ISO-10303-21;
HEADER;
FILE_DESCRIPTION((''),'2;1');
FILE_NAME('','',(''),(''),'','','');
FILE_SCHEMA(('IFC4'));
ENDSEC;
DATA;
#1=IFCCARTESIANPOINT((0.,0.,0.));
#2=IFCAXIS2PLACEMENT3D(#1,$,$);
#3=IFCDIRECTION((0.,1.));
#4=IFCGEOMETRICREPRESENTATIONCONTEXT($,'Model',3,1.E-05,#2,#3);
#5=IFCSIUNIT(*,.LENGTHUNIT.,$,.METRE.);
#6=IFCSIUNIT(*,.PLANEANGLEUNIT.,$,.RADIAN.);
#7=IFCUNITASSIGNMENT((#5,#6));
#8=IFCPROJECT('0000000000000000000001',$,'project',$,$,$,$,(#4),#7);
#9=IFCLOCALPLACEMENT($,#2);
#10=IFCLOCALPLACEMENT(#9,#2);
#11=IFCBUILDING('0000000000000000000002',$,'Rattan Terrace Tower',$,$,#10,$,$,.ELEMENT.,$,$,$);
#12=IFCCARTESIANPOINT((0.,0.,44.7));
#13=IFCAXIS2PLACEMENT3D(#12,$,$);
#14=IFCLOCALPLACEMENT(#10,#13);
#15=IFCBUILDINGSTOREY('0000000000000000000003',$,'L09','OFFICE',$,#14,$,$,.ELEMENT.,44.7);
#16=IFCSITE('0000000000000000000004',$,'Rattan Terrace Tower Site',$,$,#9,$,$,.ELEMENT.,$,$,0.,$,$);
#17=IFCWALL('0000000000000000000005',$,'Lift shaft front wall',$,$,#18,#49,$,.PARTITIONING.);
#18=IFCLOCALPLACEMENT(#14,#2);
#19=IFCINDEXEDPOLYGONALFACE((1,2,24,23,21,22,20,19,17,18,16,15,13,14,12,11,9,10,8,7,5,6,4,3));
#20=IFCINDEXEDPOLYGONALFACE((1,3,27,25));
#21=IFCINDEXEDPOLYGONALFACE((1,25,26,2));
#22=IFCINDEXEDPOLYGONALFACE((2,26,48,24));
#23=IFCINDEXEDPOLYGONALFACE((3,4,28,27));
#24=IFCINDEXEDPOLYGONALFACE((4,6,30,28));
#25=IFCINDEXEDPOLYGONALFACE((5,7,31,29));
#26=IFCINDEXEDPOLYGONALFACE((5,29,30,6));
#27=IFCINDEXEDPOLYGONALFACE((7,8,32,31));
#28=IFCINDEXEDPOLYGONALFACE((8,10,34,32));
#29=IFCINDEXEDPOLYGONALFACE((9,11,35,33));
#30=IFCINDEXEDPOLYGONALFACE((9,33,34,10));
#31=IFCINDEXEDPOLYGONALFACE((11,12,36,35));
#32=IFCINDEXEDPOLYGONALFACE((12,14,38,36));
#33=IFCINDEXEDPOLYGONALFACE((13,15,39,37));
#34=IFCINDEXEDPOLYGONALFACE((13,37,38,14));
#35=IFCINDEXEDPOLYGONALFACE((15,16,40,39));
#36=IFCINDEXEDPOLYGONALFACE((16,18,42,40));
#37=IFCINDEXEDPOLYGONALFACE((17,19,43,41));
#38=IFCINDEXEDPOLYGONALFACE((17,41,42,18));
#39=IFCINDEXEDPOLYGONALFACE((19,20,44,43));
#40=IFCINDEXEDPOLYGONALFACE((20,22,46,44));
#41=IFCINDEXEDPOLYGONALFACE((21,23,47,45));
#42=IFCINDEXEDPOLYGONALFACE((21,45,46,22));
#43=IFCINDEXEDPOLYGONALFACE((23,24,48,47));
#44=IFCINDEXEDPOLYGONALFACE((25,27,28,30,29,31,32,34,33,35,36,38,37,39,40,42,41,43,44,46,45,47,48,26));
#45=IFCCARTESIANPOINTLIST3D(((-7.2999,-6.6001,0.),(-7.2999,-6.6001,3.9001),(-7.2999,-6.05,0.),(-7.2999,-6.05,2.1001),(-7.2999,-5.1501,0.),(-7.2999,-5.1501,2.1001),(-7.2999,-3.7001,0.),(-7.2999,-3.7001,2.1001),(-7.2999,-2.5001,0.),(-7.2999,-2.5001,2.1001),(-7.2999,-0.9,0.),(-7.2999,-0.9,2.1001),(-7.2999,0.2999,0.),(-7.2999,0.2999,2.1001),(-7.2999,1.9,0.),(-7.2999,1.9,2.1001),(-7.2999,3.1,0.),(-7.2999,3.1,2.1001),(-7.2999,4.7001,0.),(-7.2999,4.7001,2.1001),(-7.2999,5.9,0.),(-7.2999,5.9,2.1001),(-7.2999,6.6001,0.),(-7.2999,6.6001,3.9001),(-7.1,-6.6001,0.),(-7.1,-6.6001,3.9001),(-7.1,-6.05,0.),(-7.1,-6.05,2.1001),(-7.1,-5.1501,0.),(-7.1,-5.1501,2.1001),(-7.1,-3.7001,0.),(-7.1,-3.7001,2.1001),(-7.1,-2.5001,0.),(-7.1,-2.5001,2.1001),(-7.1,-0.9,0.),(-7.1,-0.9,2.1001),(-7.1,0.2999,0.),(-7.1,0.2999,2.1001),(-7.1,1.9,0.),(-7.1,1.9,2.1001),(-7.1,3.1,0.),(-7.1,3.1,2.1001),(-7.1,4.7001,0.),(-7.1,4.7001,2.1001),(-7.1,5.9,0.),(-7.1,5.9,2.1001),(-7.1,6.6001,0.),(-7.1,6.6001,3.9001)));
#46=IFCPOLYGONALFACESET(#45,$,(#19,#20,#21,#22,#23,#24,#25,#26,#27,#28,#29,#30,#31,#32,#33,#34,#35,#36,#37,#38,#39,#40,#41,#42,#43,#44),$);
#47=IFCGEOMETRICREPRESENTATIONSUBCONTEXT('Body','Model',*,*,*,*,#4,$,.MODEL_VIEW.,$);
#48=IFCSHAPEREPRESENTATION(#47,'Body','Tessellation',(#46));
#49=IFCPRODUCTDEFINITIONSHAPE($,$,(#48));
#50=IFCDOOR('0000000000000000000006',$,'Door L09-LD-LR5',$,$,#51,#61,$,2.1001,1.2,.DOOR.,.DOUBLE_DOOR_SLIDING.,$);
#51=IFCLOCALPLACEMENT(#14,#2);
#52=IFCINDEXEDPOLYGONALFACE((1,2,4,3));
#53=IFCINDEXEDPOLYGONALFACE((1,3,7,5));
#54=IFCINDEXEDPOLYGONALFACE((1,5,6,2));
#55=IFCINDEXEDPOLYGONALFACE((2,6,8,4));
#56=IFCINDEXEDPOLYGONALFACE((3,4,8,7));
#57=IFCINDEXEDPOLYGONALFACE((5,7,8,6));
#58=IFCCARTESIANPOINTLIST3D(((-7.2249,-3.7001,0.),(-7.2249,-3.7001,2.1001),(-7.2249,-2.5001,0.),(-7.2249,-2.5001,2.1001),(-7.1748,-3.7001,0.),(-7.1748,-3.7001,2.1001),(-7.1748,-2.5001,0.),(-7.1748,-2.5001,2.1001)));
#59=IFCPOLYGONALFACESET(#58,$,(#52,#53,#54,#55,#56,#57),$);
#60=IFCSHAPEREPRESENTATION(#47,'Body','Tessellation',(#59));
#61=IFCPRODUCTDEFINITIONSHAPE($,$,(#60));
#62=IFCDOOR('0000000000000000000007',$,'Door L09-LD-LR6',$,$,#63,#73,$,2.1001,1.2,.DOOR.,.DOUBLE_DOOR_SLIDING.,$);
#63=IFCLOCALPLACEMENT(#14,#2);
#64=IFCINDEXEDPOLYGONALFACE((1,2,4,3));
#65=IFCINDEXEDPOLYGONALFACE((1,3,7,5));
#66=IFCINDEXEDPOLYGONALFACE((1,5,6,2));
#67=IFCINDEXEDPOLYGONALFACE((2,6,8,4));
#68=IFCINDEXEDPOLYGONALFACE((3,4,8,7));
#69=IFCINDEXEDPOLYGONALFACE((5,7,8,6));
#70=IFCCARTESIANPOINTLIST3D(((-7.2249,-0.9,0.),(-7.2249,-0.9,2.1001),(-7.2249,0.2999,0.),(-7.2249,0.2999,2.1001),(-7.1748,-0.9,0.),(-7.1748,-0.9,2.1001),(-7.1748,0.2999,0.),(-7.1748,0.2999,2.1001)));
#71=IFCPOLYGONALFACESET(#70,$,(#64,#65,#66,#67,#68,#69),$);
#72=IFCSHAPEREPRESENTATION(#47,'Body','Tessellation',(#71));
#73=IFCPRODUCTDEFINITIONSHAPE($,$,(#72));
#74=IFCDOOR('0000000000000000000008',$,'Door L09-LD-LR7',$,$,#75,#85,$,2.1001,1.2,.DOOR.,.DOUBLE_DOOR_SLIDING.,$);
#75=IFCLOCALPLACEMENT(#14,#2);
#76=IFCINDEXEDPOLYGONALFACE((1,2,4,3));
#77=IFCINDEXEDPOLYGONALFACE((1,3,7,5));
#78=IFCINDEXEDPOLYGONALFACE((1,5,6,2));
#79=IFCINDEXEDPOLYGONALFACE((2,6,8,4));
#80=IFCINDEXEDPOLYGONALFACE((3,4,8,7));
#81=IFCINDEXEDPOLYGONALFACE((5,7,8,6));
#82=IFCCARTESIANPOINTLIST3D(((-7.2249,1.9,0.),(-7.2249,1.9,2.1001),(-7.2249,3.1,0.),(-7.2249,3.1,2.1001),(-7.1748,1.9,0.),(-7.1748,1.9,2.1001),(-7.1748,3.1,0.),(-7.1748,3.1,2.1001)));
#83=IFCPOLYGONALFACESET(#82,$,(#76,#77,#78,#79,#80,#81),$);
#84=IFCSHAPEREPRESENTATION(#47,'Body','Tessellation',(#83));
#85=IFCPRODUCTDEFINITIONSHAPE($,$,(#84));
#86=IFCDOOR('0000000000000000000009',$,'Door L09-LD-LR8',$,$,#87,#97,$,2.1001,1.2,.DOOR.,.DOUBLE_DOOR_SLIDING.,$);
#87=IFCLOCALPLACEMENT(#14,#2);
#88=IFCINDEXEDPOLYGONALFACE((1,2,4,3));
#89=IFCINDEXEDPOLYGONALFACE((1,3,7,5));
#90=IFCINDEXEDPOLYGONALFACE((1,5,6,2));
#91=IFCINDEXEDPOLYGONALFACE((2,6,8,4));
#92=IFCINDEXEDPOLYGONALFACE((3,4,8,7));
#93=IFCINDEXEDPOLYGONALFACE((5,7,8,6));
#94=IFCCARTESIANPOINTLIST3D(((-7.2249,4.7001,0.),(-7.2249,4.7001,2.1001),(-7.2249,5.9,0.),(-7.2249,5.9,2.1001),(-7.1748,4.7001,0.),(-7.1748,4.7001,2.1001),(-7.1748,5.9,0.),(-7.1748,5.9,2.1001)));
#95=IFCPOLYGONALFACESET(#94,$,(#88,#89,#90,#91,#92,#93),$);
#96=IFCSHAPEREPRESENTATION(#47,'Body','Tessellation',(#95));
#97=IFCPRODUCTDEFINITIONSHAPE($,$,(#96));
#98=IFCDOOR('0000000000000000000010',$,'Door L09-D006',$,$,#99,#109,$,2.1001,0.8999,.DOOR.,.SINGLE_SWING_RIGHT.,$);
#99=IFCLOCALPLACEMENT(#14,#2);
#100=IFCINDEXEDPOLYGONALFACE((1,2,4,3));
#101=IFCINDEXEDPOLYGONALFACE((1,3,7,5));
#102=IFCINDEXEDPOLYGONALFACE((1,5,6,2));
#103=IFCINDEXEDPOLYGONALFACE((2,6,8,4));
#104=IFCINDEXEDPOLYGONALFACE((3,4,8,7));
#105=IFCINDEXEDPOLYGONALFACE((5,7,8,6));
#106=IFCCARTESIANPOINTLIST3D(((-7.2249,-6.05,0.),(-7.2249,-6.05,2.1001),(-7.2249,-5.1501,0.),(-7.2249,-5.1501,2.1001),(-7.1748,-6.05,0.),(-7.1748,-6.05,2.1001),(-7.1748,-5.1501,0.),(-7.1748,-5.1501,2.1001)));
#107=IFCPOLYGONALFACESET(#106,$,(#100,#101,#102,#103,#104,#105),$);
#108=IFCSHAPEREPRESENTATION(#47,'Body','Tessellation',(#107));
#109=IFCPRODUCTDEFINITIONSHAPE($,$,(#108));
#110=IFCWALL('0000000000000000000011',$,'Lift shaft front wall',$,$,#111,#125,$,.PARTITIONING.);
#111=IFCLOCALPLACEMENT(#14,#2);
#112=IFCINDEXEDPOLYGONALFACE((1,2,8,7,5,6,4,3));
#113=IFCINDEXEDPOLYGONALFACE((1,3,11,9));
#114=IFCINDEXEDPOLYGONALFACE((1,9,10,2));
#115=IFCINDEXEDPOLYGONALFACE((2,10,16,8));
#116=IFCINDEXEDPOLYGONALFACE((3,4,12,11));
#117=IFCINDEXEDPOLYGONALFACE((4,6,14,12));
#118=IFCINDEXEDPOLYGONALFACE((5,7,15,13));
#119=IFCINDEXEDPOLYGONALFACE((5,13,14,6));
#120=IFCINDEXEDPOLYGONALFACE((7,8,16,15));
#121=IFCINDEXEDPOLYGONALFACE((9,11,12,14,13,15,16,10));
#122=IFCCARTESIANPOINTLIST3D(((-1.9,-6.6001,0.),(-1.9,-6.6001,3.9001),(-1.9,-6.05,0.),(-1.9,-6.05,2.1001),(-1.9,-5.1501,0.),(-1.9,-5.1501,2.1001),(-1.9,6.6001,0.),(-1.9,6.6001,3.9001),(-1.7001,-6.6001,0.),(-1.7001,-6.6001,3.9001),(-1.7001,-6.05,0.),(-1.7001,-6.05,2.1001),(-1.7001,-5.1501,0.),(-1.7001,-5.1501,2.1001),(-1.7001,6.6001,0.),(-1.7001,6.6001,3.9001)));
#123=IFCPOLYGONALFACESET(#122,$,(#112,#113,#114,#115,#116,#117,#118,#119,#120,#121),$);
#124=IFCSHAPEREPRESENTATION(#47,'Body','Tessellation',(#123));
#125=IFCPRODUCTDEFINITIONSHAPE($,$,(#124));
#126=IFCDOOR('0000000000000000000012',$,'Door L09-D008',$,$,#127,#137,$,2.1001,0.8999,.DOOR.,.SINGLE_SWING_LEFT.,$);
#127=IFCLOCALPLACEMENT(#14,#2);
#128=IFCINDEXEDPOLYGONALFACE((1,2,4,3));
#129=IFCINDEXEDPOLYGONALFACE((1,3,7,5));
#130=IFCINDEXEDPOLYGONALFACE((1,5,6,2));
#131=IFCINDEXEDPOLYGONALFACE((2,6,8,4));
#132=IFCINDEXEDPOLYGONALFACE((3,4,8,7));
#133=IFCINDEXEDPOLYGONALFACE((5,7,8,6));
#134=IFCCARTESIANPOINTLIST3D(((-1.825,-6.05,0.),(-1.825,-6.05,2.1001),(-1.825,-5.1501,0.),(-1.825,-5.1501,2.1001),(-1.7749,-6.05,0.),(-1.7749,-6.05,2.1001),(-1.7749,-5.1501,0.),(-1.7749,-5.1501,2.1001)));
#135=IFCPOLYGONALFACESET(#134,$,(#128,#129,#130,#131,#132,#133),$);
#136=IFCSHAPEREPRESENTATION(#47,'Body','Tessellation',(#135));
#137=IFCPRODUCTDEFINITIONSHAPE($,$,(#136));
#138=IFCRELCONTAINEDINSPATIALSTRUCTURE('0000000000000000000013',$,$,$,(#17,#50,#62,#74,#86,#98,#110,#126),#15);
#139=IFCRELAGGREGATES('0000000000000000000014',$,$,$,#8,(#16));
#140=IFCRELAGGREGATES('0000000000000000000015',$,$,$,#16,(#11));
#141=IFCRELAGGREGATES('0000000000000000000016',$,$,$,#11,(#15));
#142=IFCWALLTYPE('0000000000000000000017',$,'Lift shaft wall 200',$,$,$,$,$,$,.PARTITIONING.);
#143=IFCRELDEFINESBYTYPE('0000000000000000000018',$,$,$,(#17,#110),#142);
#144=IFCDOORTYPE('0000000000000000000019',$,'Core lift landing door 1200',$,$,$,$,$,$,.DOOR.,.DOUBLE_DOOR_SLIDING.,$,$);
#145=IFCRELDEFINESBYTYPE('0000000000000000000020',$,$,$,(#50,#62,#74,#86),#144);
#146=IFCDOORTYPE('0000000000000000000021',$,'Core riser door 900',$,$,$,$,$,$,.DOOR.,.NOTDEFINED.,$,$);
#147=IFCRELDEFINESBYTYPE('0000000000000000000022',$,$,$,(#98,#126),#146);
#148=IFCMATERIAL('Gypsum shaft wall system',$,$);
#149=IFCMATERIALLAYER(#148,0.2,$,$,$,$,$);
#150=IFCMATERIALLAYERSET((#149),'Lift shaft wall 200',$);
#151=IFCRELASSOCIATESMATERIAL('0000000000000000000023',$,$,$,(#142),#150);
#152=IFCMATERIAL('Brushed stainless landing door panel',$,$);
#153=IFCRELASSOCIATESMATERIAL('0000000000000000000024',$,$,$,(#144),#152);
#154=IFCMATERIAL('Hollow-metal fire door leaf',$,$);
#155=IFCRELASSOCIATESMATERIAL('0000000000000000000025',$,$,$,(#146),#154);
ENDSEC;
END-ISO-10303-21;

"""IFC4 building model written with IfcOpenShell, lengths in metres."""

from ifc_helpers import new_model, si_unit, direction, frame, frame_2d, origin, place, context, subcontext, project, spatial, rectangle, extrude, material, layer, layer_set, type_object, element, fill, save


model = new_model("IFC4")

# Units and contexts
model_context = context("Model", 3, precision=1e-05, world=origin(), true_north=direction((0.0, 1.0)))
body_context = subcontext(model_context, "Body", "Model", "MODEL_VIEW")
ifc_project = project(units=[si_unit("LENGTHUNIT", "METRE"), si_unit("PLANEANGLEUNIT", "RADIAN")], contexts=[model_context])

# Site, building, storey
site_placement = place(None, origin())
site = spatial("IfcSite", under=ifc_project, at=site_placement, Name="Rattan Terrace Tower Site", CompositionType="ELEMENT", RefElevation=0.0)
building_placement = place(site_placement, origin())
building = spatial("IfcBuilding", under=site, at=building_placement, Name="Rattan Terrace Tower", CompositionType="ELEMENT")
storey_placement = place(building_placement, frame((0.0, 0.0, 44.7)))
storey = spatial("IfcBuildingStorey", under=building, at=storey_placement, Name="L09", Description="OFFICE", CompositionType="ELEMENT", Elevation=44.7)

# Wall, openings, doors
ifc_material_1 = material(Name="Gypsum shaft wall system")
ifc_layer_1 = layer(ifc_material_1, 0.2)
ifc_layer_set_1 = layer_set([ifc_layer_1], Name="Lift shaft wall 200")
wall_type_1 = type_object("IfcWallType", Name="Lift shaft wall 200", PredefinedType="PARTITIONING", material=ifc_layer_set_1)
ifc_material_2 = material(Name="Brushed stainless landing door panel")
door_type_1 = type_object("IfcDoorType", Name="Core lift landing door 1200", OperationType="DOUBLE_DOOR_SLIDING", PredefinedType="DOOR", material=ifc_material_2)
ifc_material_3 = material(Name="Hollow-metal fire door leaf")
door_type_2 = type_object("IfcDoorType", Name="Core riser door 900", OperationType="NOTDEFINED", PredefinedType="DOOR", material=ifc_material_3)
wall_1_placement = place(storey_placement, frame((-7.2, -6.6001, 0.0), z_axis=(0.0, 0.0, 1.0), x_axis=(0.0, 1.0, 0.0)))
wall_1 = element("IfcWall", 1, at=wall_1_placement, inside=storey, type_object=wall_type_1, Name="Lift shaft front wall", PredefinedType="PARTITIONING", context=body_context, shape_type="SweptSolid", body=[
    extrude(rectangle(XDim=13.2002, YDim=0.2, at=frame_2d((6.6001, 0.0))), origin(), (0.0, 0.0, 1.0), 3.9001),
])
opening_1_placement = place(wall_1_placement, frame((0.55, 0.0, 0.0)))
opening_1 = element("IfcOpeningElement", 2, at=opening_1_placement, cuts=wall_1, PredefinedType="OPENING", context=body_context, shape_type="SweptSolid", body=[
    extrude(rectangle(XDim=0.8999, YDim=2.1001, at=frame_2d((0.45, 1.05))), frame((0.0, 0.1106, 0.0), z_axis=(0.0, -1.0, 0.0), x_axis=(1.0, 0.0, 0.0)), (0.0, 0.0, 1.0), 0.2209),
])
opening_2_placement = place(wall_1_placement, frame((2.8999, 0.0, 0.0)))
opening_2 = element("IfcOpeningElement", 3, at=opening_2_placement, cuts=wall_1, PredefinedType="OPENING", context=body_context, shape_type="SweptSolid", body=[
    extrude(rectangle(XDim=1.2, YDim=2.1001, at=frame_2d((0.6001, 1.05))), frame((0.0, 0.1106, 0.0), z_axis=(0.0, -1.0, 0.0), x_axis=(1.0, 0.0, 0.0)), (0.0, 0.0, 1.0), 0.2209),
])
opening_3_placement = place(wall_1_placement, frame((5.7, 0.0, 0.0)))
opening_3 = element("IfcOpeningElement", 4, at=opening_3_placement, cuts=wall_1, PredefinedType="OPENING", context=body_context, shape_type="SweptSolid", body=[
    extrude(rectangle(XDim=1.2, YDim=2.1001, at=frame_2d((0.6001, 1.05))), frame((0.0, 0.1106, 0.0), z_axis=(0.0, -1.0, 0.0), x_axis=(1.0, 0.0, 0.0)), (0.0, 0.0, 1.0), 0.2209),
])
opening_4_placement = place(wall_1_placement, frame((8.5, 0.0, 0.0)))
opening_4 = element("IfcOpeningElement", 5, at=opening_4_placement, cuts=wall_1, PredefinedType="OPENING", context=body_context, shape_type="SweptSolid", body=[
    extrude(rectangle(XDim=1.2, YDim=2.1001, at=frame_2d((0.6001, 1.05))), frame((0.0, 0.1106, 0.0), z_axis=(0.0, -1.0, 0.0), x_axis=(1.0, 0.0, 0.0)), (0.0, 0.0, 1.0), 0.2209),
])
opening_5_placement = place(wall_1_placement, frame((11.3, 0.0, 0.0)))
opening_5 = element("IfcOpeningElement", 6, at=opening_5_placement, cuts=wall_1, PredefinedType="OPENING", context=body_context, shape_type="SweptSolid", body=[
    extrude(rectangle(XDim=1.2, YDim=2.1001, at=frame_2d((0.6001, 1.05))), frame((0.0, 0.1106, 0.0), z_axis=(0.0, -1.0, 0.0), x_axis=(1.0, 0.0, 0.0)), (0.0, 0.0, 1.0), 0.2209),
])
door_1_placement = place(opening_2_placement, origin())
door_1 = element("IfcDoor", 7, at=door_1_placement, inside=storey, type_object=door_type_1, Name="Door L09-LD-LR5", OperationType="DOUBLE_DOOR_SLIDING", OverallHeight=2.1001, OverallWidth=1.2, PredefinedType="DOOR", context=body_context, shape_type="SweptSolid", body=[
    extrude(rectangle(XDim=1.2, YDim=2.1001, at=frame_2d((0.6001, 1.05))), frame((0.0, 0.0249, 0.0), z_axis=(0.0, -1.0, 0.0), x_axis=(1.0, 0.0, 0.0)), (0.0, 0.0, 1.0), 0.05),
])
fill(opening_2, door_1)
door_2_placement = place(opening_3_placement, origin())
door_2 = element("IfcDoor", 8, at=door_2_placement, inside=storey, type_object=door_type_1, Name="Door L09-LD-LR6", OperationType="DOUBLE_DOOR_SLIDING", OverallHeight=2.1001, OverallWidth=1.2, PredefinedType="DOOR", context=body_context, shape_type="SweptSolid", body=[
    extrude(rectangle(XDim=1.2, YDim=2.1001, at=frame_2d((0.6001, 1.05))), frame((0.0, 0.0249, 0.0), z_axis=(0.0, -1.0, 0.0), x_axis=(1.0, 0.0, 0.0)), (0.0, 0.0, 1.0), 0.05),
])
fill(opening_3, door_2)
door_3_placement = place(opening_4_placement, origin())
door_3 = element("IfcDoor", 9, at=door_3_placement, inside=storey, type_object=door_type_1, Name="Door L09-LD-LR7", OperationType="DOUBLE_DOOR_SLIDING", OverallHeight=2.1001, OverallWidth=1.2, PredefinedType="DOOR", context=body_context, shape_type="SweptSolid", body=[
    extrude(rectangle(XDim=1.2, YDim=2.1001, at=frame_2d((0.6001, 1.05))), frame((0.0, 0.0249, 0.0), z_axis=(0.0, -1.0, 0.0), x_axis=(1.0, 0.0, 0.0)), (0.0, 0.0, 1.0), 0.05),
])
fill(opening_4, door_3)
door_4_placement = place(opening_5_placement, origin())
door_4 = element("IfcDoor", 10, at=door_4_placement, inside=storey, type_object=door_type_1, Name="Door L09-LD-LR8", OperationType="DOUBLE_DOOR_SLIDING", OverallHeight=2.1001, OverallWidth=1.2, PredefinedType="DOOR", context=body_context, shape_type="SweptSolid", body=[
    extrude(rectangle(XDim=1.2, YDim=2.1001, at=frame_2d((0.6001, 1.05))), frame((0.0, 0.0249, 0.0), z_axis=(0.0, -1.0, 0.0), x_axis=(1.0, 0.0, 0.0)), (0.0, 0.0, 1.0), 0.05),
])
fill(opening_5, door_4)
door_5_placement = place(opening_1_placement, origin())
door_5 = element("IfcDoor", 11, at=door_5_placement, inside=storey, type_object=door_type_2, Name="Door L09-D006", OperationType="SINGLE_SWING_RIGHT", OverallHeight=2.1001, OverallWidth=0.8999, PredefinedType="DOOR", context=body_context, shape_type="SweptSolid", body=[
    extrude(rectangle(XDim=0.8999, YDim=2.1001, at=frame_2d((0.45, 1.05))), frame((0.0, 0.0249, 0.0), z_axis=(0.0, -1.0, 0.0), x_axis=(1.0, 0.0, 0.0)), (0.0, 0.0, 1.0), 0.05),
])
fill(opening_1, door_5)

# Wall, opening, door
wall_2_placement = place(storey_placement, frame((-1.8, -6.6001, 0.0), z_axis=(0.0, 0.0, 1.0), x_axis=(0.0, 1.0, 0.0)))
wall_2 = element("IfcWall", 12, at=wall_2_placement, inside=storey, type_object=wall_type_1, Name="Lift shaft front wall", PredefinedType="PARTITIONING", context=body_context, shape_type="SweptSolid", body=[
    extrude(rectangle(XDim=13.2002, YDim=0.2, at=frame_2d((6.6001, 0.0))), origin(), (0.0, 0.0, 1.0), 3.9001),
])
opening_6_placement = place(wall_2_placement, frame((0.55, 0.0, 0.0)))
opening_6 = element("IfcOpeningElement", 13, at=opening_6_placement, cuts=wall_2, PredefinedType="OPENING", context=body_context, shape_type="SweptSolid", body=[
    extrude(rectangle(XDim=0.8999, YDim=2.1001, at=frame_2d((0.45, 1.05))), frame((0.0, 0.1106, 0.0), z_axis=(0.0, -1.0, 0.0), x_axis=(1.0, 0.0, 0.0)), (0.0, 0.0, 1.0), 0.2209),
])
door_6_placement = place(opening_6_placement, origin())
door_6 = element("IfcDoor", 14, at=door_6_placement, inside=storey, type_object=door_type_2, Name="Door L09-D008", OperationType="SINGLE_SWING_LEFT", OverallHeight=2.1001, OverallWidth=0.8999, PredefinedType="DOOR", context=body_context, shape_type="SweptSolid", body=[
    extrude(rectangle(XDim=0.8999, YDim=2.1001, at=frame_2d((0.45, 1.05))), frame((0.0, 0.0249, 0.0), z_axis=(0.0, -1.0, 0.0), x_axis=(1.0, 0.0, 0.0)), (0.0, 0.0, 1.0), 0.05),
])
fill(opening_6, door_6)

save(model, "model.ifc")
